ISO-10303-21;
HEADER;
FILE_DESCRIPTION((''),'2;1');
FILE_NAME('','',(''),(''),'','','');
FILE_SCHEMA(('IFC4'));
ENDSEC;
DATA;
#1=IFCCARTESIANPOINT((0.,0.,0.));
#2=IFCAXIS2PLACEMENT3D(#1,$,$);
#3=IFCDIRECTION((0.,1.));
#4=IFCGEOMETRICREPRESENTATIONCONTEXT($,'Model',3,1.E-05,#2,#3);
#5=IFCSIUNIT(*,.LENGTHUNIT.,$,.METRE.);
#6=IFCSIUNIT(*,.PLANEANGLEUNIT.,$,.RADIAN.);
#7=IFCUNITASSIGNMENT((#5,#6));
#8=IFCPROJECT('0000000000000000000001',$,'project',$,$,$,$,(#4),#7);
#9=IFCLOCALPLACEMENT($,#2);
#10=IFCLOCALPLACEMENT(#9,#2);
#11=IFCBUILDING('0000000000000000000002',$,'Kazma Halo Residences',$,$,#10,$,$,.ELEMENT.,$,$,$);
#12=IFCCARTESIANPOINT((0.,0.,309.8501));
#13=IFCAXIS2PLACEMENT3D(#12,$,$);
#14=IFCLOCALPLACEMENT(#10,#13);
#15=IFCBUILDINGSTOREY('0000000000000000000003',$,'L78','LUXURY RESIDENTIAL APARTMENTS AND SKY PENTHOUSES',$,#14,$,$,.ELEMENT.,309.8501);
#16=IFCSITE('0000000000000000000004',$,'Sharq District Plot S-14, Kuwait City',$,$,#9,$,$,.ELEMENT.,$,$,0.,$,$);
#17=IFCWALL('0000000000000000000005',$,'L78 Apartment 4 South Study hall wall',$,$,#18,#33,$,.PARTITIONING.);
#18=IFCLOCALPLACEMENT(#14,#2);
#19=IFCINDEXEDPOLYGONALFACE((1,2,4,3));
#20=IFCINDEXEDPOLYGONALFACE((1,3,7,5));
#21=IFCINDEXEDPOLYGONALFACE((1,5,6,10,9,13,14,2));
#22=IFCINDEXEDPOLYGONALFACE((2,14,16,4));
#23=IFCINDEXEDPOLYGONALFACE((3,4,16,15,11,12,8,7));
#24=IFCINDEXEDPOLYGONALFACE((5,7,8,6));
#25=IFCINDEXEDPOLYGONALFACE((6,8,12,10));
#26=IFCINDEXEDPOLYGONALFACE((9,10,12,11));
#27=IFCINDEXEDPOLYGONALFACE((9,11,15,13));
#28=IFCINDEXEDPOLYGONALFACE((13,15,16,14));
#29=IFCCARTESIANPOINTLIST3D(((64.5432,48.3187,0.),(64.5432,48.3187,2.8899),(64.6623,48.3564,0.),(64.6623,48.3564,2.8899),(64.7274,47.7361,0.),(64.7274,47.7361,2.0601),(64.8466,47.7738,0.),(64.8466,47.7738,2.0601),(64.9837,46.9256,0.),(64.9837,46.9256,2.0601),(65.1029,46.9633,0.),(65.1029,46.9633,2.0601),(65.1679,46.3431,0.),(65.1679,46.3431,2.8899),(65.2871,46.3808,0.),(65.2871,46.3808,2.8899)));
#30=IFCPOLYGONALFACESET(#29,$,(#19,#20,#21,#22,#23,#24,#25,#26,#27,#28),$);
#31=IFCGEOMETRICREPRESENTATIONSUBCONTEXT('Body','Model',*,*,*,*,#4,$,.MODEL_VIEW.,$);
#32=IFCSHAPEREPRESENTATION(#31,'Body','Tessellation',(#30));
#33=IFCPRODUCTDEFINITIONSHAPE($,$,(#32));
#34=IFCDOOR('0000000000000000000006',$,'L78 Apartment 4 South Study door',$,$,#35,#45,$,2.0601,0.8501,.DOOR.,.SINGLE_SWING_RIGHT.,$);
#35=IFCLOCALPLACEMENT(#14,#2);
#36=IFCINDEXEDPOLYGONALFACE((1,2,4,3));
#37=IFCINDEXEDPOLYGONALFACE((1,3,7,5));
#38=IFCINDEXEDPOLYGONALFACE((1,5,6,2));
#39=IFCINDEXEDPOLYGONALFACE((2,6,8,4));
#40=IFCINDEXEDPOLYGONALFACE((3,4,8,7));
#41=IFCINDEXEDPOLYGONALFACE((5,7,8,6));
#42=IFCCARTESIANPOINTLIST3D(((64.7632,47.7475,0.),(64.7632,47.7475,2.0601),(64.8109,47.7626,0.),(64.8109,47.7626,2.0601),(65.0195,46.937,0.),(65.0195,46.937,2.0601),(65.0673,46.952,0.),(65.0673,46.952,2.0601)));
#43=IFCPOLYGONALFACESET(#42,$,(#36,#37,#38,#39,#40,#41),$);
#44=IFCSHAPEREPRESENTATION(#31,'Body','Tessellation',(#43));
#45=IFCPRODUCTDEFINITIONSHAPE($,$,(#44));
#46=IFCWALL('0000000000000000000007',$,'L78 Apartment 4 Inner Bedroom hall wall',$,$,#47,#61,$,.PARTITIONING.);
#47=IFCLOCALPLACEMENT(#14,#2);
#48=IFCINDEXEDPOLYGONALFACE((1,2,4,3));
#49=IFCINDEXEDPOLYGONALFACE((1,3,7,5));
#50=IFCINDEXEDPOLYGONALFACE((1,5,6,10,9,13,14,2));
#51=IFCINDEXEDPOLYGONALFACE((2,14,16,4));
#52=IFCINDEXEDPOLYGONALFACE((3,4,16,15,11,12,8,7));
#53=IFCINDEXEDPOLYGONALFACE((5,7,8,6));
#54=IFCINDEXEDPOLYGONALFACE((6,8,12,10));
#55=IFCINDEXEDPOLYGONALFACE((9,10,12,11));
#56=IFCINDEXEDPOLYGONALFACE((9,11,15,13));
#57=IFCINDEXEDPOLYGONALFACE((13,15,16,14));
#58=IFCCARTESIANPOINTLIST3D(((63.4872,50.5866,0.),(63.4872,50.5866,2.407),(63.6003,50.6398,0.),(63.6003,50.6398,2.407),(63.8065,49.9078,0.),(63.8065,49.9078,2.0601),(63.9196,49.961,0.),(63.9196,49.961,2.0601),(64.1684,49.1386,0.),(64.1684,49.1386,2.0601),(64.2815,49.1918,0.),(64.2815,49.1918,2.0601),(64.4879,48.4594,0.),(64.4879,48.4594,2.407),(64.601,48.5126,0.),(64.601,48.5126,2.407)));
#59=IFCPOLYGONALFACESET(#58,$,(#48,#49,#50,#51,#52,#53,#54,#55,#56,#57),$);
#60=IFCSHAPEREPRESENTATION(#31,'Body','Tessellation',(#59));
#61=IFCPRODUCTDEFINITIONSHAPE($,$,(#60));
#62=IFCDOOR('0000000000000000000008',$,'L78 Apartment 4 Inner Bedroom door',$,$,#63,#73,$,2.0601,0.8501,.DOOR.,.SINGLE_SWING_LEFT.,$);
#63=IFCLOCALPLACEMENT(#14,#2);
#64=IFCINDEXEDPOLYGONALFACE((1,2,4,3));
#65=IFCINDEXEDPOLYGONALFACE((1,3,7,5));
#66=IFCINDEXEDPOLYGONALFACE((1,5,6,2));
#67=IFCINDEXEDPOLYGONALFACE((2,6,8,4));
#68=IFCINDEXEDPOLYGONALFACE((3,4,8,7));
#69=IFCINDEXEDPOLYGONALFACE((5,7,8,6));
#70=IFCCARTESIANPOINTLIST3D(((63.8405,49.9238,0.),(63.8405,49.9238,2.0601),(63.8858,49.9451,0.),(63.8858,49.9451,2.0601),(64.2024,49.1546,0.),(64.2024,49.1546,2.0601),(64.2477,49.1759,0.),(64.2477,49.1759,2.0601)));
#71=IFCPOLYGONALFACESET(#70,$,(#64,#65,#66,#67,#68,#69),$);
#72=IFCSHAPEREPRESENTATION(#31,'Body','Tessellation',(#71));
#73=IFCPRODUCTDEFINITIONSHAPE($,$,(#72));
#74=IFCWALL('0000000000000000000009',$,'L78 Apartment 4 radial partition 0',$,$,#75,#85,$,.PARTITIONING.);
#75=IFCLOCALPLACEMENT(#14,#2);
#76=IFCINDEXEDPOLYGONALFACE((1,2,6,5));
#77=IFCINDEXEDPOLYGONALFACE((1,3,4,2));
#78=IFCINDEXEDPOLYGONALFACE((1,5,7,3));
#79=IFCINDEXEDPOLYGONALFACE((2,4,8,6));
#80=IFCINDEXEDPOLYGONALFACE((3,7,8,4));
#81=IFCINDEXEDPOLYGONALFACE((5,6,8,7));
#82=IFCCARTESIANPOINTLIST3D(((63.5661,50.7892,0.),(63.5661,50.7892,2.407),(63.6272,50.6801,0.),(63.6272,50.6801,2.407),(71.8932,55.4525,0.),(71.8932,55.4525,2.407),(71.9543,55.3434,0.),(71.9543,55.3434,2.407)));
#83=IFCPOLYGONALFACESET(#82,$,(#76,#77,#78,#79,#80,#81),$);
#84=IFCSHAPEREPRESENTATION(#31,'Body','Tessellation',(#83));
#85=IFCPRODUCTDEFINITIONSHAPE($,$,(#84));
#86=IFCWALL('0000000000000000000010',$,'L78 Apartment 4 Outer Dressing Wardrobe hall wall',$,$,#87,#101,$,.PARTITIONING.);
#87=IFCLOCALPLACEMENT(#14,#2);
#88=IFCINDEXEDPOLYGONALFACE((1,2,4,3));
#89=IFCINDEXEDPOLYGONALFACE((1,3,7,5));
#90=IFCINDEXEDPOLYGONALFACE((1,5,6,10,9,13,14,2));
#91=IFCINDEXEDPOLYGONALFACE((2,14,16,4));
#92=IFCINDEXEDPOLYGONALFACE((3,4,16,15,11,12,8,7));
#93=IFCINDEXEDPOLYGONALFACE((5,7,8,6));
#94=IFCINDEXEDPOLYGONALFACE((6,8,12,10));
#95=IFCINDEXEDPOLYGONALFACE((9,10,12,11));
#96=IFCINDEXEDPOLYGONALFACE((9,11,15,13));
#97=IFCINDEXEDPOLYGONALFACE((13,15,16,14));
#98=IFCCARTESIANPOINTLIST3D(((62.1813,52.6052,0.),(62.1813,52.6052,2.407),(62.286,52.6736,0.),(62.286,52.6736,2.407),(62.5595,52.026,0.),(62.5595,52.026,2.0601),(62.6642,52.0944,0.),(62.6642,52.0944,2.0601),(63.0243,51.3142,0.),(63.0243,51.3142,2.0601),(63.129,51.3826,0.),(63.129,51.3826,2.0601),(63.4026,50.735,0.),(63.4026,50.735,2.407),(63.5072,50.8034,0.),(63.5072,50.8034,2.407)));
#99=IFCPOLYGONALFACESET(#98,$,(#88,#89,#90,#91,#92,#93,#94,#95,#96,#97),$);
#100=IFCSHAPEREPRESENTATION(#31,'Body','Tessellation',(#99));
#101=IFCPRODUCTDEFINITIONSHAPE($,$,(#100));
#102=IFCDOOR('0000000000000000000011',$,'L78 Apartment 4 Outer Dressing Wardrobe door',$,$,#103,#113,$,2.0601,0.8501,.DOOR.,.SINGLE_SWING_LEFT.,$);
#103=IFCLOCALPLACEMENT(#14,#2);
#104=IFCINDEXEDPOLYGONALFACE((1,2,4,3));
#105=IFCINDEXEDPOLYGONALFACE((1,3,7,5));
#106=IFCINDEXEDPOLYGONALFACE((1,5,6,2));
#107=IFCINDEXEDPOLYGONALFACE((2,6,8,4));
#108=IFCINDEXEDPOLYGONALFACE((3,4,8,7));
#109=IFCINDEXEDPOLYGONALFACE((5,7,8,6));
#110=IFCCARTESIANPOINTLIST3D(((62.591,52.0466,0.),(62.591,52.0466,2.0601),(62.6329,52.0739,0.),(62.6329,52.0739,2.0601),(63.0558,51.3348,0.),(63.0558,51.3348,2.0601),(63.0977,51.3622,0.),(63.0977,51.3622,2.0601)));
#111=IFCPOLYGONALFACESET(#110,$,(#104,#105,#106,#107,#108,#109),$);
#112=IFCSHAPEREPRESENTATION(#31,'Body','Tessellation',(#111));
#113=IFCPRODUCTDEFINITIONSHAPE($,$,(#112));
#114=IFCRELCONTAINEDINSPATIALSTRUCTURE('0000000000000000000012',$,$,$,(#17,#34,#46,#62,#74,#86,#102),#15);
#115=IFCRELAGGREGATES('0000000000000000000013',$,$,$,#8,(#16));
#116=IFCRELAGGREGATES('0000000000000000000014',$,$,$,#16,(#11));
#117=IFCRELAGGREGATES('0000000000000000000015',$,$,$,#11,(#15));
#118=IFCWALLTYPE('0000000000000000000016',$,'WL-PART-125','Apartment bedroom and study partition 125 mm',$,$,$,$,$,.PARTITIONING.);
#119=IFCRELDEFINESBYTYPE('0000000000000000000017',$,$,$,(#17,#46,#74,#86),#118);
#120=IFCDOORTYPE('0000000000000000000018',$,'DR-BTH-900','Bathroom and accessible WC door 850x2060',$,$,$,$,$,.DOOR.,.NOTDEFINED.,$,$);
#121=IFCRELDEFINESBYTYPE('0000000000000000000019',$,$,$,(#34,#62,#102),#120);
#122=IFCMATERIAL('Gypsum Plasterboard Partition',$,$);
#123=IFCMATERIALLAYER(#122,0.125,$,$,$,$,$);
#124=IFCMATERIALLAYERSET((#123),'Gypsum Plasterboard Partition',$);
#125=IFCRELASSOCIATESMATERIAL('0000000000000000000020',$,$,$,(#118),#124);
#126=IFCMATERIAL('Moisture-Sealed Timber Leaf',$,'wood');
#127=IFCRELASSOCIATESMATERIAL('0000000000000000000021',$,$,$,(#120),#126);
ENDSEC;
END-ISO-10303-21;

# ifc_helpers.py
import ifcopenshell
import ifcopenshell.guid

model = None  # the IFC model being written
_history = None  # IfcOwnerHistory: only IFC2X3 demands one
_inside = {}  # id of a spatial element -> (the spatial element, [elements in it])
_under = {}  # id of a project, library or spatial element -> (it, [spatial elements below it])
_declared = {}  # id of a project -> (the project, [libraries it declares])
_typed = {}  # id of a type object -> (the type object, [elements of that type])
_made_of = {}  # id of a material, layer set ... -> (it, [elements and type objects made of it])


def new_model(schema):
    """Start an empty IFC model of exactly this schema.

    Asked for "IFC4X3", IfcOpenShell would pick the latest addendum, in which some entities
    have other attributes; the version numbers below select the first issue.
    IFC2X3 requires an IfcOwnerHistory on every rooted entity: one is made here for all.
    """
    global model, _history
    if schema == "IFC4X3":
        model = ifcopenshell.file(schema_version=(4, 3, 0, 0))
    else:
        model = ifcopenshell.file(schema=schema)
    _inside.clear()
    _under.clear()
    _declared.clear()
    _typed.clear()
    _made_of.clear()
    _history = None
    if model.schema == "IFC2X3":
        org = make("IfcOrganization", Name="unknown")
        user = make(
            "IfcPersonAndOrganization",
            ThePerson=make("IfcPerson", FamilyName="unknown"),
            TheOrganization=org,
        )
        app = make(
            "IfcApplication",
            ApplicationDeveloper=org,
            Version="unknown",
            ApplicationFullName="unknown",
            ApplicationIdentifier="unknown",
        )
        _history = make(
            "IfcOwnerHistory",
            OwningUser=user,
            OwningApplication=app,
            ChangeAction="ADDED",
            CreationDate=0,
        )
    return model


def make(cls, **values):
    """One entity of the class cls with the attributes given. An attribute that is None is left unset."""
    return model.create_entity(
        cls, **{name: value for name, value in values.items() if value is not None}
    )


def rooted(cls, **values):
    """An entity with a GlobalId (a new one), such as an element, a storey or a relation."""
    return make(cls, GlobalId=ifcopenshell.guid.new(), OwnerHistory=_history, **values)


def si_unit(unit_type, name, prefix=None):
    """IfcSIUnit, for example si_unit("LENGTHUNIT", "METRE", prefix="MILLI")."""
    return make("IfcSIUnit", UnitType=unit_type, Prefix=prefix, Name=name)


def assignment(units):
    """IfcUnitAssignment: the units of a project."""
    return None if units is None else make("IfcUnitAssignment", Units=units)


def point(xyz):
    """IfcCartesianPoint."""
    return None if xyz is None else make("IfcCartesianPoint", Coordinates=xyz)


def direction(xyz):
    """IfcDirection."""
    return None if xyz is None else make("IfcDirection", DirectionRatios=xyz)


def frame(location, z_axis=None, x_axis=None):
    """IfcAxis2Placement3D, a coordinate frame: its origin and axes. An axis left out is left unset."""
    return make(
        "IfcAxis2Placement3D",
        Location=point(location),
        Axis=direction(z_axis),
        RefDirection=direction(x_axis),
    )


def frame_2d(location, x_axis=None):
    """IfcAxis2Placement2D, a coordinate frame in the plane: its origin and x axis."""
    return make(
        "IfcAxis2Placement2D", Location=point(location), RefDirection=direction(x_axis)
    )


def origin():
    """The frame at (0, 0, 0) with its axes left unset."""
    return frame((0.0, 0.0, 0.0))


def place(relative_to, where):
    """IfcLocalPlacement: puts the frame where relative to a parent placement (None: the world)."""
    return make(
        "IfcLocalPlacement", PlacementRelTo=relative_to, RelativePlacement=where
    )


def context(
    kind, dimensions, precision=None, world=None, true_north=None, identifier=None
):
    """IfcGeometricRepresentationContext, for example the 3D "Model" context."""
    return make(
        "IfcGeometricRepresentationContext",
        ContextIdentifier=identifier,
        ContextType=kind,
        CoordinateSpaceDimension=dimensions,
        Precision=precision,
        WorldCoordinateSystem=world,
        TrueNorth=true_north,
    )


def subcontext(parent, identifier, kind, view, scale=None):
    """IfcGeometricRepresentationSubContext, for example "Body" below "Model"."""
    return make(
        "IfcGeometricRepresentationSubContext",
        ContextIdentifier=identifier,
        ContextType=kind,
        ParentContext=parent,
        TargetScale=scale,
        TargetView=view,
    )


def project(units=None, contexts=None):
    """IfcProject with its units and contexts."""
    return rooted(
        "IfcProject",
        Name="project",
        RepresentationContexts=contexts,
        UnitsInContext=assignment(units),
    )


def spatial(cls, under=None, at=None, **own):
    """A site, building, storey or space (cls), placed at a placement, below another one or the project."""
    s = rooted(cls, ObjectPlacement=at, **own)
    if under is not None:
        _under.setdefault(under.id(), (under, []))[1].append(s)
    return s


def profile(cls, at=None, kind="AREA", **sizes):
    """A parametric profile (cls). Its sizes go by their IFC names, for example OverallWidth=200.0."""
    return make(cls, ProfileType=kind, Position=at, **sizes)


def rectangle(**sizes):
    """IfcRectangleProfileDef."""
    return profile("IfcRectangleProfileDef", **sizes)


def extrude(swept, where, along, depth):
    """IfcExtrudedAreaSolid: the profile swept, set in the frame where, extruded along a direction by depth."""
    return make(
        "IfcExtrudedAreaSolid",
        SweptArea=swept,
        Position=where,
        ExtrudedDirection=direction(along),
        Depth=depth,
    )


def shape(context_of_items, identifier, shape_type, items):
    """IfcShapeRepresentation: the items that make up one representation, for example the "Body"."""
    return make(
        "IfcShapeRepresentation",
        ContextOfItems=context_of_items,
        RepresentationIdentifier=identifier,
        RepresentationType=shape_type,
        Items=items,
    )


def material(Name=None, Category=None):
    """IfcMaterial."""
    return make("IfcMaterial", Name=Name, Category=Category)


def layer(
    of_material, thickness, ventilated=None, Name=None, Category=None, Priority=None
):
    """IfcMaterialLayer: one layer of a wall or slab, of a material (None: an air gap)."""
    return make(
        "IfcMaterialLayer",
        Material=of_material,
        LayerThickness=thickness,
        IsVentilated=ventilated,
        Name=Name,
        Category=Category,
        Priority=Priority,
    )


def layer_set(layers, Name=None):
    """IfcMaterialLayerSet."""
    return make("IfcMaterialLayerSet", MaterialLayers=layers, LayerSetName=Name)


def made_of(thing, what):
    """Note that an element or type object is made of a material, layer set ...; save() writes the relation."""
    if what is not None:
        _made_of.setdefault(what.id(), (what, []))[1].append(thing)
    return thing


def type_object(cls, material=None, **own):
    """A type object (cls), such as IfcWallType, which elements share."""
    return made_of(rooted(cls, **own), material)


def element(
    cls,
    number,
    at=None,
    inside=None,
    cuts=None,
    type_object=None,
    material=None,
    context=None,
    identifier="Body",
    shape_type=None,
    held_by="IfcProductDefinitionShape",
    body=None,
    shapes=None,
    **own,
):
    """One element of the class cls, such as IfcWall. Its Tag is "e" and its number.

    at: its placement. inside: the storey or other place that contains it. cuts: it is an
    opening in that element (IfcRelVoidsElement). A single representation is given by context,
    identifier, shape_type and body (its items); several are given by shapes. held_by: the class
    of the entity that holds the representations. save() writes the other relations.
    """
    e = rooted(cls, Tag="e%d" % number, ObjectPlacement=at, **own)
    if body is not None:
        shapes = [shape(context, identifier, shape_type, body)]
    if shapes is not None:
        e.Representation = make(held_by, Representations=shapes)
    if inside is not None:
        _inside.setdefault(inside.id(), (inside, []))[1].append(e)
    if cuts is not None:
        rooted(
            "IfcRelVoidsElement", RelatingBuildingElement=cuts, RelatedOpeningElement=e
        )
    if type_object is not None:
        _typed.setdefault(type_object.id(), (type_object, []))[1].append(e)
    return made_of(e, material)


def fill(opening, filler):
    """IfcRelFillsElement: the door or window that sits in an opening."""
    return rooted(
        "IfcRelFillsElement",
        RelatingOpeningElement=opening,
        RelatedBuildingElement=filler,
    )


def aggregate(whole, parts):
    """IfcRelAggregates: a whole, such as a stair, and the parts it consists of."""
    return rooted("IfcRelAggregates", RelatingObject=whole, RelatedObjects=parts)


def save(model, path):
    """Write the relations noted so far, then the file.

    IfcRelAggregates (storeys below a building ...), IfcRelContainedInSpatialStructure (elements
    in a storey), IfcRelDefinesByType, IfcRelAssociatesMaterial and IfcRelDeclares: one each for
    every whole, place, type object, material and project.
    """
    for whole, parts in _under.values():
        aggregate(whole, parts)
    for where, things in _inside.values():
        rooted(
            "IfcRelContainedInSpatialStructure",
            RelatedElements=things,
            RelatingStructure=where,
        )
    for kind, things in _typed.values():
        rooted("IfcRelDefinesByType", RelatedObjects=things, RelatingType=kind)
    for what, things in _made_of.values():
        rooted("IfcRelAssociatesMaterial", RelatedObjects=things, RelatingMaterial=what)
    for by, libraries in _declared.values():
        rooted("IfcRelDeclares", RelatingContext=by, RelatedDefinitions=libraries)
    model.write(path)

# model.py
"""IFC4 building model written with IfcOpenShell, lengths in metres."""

from ifc_helpers import new_model, si_unit, direction, frame, frame_2d, origin, place, context, subcontext, project, spatial, rectangle, extrude, material, layer, layer_set, type_object, element, fill, save


model = new_model("IFC4")

# Units and contexts
model_context = context("Model", 3, precision=1e-05, world=origin(), true_north=direction((0.0, 1.0)))
body_context = subcontext(model_context, "Body", "Model", "MODEL_VIEW")
ifc_project = project(units=[si_unit("LENGTHUNIT", "METRE"), si_unit("PLANEANGLEUNIT", "RADIAN")], contexts=[model_context])

# Site, building, storey
site_placement = place(None, origin())
site = spatial("IfcSite", under=ifc_project, at=site_placement, Name="Sharq District Plot S-14, Kuwait City", CompositionType="ELEMENT", RefElevation=0.0)
building_placement = place(site_placement, origin())
building = spatial("IfcBuilding", under=site, at=building_placement, Name="Kazma Halo Residences", CompositionType="ELEMENT")
storey_placement = place(building_placement, frame((0.0, 0.0, 309.8501)))
storey = spatial("IfcBuildingStorey", under=building, at=storey_placement, Name="L78", Description="LUXURY RESIDENTIAL APARTMENTS AND SKY PENTHOUSES", CompositionType="ELEMENT", Elevation=309.8501)

# Shared definitions
ifc_material_1 = material(Name="Gypsum Plasterboard Partition")
ifc_layer_1 = layer(ifc_material_1, 0.125)
ifc_layer_set_1 = layer_set([ifc_layer_1], Name="Gypsum Plasterboard Partition")
wall_type_1 = type_object("IfcWallType", Name="WL-PART-125", Description="Apartment bedroom and study partition 125 mm", PredefinedType="PARTITIONING", material=ifc_layer_set_1)

# Walls, openings, doors
ifc_material_2 = material(Name="Moisture-Sealed Timber Leaf", Category="wood")
door_type = type_object("IfcDoorType", Name="DR-BTH-900", Description="Bathroom and accessible WC door 850x2060", OperationType="NOTDEFINED", PredefinedType="DOOR", material=ifc_material_2)
wall_1_placement = place(storey_placement, frame((65.2275, 46.3618, 0.0), z_axis=(0.0, 0.0, 1.0), x_axis=(-0.30152, 0.95346, 0.0)))
wall_1 = element("IfcWall", 1, at=wall_1_placement, inside=storey, type_object=wall_type_1, Name="L78 Apartment 4 South Study hall wall", PredefinedType="PARTITIONING", context=body_context, shape_type="SweptSolid", body=[
    extrude(rectangle(XDim=2.072, YDim=0.125, at=frame_2d((1.0361, 0.0))), origin(), (0.0, 0.0, 1.0), 2.8899),
])
opening_1_placement = place(wall_1_placement, frame((0.6111, 0.0, 0.0)))
opening_1 = element("IfcOpeningElement", 2, at=opening_1_placement, cuts=wall_1, PredefinedType="OPENING", context=body_context, shape_type="SweptSolid", body=[
    extrude(rectangle(XDim=0.8501, YDim=2.0601, at=frame_2d((0.425, 1.03))), frame((0.0, 0.0725, 0.0), z_axis=(0.0, -1.0, 0.0), x_axis=(1.0, 0.0, 0.0)), (0.0, 0.0, 1.0), 0.145),
])
door_1_placement = place(opening_1_placement, origin())
door_1 = element("IfcDoor", 3, at=door_1_placement, inside=storey, type_object=door_type, Name="L78 Apartment 4 South Study door", OperationType="SINGLE_SWING_RIGHT", OverallHeight=2.0601, OverallWidth=0.8501, PredefinedType="DOOR", context=body_context, shape_type="SweptSolid", body=[
    extrude(rectangle(XDim=0.8501, YDim=2.0601, at=frame_2d((0.425, 1.03))), frame((0.0, 0.0249, 0.0), z_axis=(0.0, -1.0, 0.0), x_axis=(1.0, 0.0, 0.0)), (0.0, 0.0, 1.0), 0.05),
])
fill(opening_1, door_1)
wall_2_placement = place(storey_placement, frame((64.5444, 48.4861, 0.0), z_axis=(0.0, 0.0, 1.0), x_axis=(-0.425692, 0.904868, 0.0)))
wall_2 = element("IfcWall", 4, at=wall_2_placement, inside=storey, type_object=wall_type_1, Name="L78 Apartment 4 Inner Bedroom hall wall", PredefinedType="PARTITIONING", context=body_context, shape_type="SweptSolid", body=[
    extrude(rectangle(XDim=2.3508, YDim=0.125, at=frame_2d((1.1753, 0.0))), origin(), (0.0, 0.0, 1.0), 2.407),
])
opening_2_placement = place(wall_2_placement, frame((0.7505, 0.0, 0.0)))
opening_2 = element("IfcOpeningElement", 5, at=opening_2_placement, cuts=wall_2, PredefinedType="OPENING", context=body_context, shape_type="SweptSolid", body=[
    extrude(rectangle(XDim=0.8501, YDim=2.0601, at=frame_2d((0.425, 1.03))), frame((0.0, 0.0725, 0.0), z_axis=(0.0, -1.0, 0.0), x_axis=(1.0, 0.0, 0.0)), (0.0, 0.0, 1.0), 0.145),
])
door_2_placement = place(opening_2_placement, origin())
door_2 = element("IfcDoor", 6, at=door_2_placement, inside=storey, type_object=door_type, Name="L78 Apartment 4 Inner Bedroom door", OperationType="SINGLE_SWING_LEFT", OverallHeight=2.0601, OverallWidth=0.8501, PredefinedType="DOOR", context=body_context, shape_type="SweptSolid", body=[
    extrude(rectangle(XDim=0.8501, YDim=2.0601, at=frame_2d((0.425, 1.03))), frame((0.0, 0.0249, 0.0), z_axis=(0.0, -1.0, 0.0), x_axis=(1.0, 0.0, 0.0)), (0.0, 0.0, 1.0), 0.05),
])
fill(opening_2, door_2)

# Wall
wall_3_placement = place(storey_placement, frame((63.5967, 50.7346, 0.0), z_axis=(0.0, 0.0, 1.0), x_axis=(0.8725, 0.488613, 0.0)))
element("IfcWall", 7, at=wall_3_placement, inside=storey, type_object=wall_type_1, Name="L78 Apartment 4 radial partition 0", PredefinedType="PARTITIONING", context=body_context, shape_type="SweptSolid", body=[
    extrude(rectangle(XDim=9.5439, YDim=0.125, at=frame_2d((4.772, 0.0))), origin(), (0.0, 0.0, 1.0), 2.407),
])

# Wall, opening, door
wall_4_placement = place(storey_placement, frame((63.4548, 50.7693, 0.0), z_axis=(0.0, 0.0, 1.0), x_axis=(-0.546754, 0.837293, 0.0)))
wall_4 = element("IfcWall", 8, at=wall_4_placement, inside=storey, type_object=wall_type_1, Name="L78 Apartment 4 Outer Dressing Wardrobe hall wall", PredefinedType="PARTITIONING", context=body_context, shape_type="SweptSolid", body=[
    extrude(rectangle(XDim=2.2336, YDim=0.125, at=frame_2d((1.1167, 0.0))), origin(), (0.0, 0.0, 1.0), 2.407),
])
opening_3_placement = place(wall_4_placement, frame((0.6917, 0.0, 0.0)))
opening_3 = element("IfcOpeningElement", 9, at=opening_3_placement, cuts=wall_4, PredefinedType="OPENING", context=body_context, shape_type="SweptSolid", body=[
    extrude(rectangle(XDim=0.8501, YDim=2.0601, at=frame_2d((0.425, 1.03))), frame((0.0, 0.0725, 0.0), z_axis=(0.0, -1.0, 0.0), x_axis=(1.0, 0.0, 0.0)), (0.0, 0.0, 1.0), 0.145),
])
door_3_placement = place(opening_3_placement, origin())
door_3 = element("IfcDoor", 10, at=door_3_placement, inside=storey, type_object=door_type, Name="L78 Apartment 4 Outer Dressing Wardrobe door", OperationType="SINGLE_SWING_LEFT", OverallHeight=2.0601, OverallWidth=0.8501, PredefinedType="DOOR", context=body_context, shape_type="SweptSolid", body=[
    extrude(rectangle(XDim=0.8501, YDim=2.0601, at=frame_2d((0.425, 1.03))), frame((0.0, 0.0249, 0.0), z_axis=(0.0, -1.0, 0.0), x_axis=(1.0, 0.0, 0.0)), (0.0, 0.0, 1.0), 0.05),
])
fill(opening_3, door_3)

save(model, "model.ifc")
